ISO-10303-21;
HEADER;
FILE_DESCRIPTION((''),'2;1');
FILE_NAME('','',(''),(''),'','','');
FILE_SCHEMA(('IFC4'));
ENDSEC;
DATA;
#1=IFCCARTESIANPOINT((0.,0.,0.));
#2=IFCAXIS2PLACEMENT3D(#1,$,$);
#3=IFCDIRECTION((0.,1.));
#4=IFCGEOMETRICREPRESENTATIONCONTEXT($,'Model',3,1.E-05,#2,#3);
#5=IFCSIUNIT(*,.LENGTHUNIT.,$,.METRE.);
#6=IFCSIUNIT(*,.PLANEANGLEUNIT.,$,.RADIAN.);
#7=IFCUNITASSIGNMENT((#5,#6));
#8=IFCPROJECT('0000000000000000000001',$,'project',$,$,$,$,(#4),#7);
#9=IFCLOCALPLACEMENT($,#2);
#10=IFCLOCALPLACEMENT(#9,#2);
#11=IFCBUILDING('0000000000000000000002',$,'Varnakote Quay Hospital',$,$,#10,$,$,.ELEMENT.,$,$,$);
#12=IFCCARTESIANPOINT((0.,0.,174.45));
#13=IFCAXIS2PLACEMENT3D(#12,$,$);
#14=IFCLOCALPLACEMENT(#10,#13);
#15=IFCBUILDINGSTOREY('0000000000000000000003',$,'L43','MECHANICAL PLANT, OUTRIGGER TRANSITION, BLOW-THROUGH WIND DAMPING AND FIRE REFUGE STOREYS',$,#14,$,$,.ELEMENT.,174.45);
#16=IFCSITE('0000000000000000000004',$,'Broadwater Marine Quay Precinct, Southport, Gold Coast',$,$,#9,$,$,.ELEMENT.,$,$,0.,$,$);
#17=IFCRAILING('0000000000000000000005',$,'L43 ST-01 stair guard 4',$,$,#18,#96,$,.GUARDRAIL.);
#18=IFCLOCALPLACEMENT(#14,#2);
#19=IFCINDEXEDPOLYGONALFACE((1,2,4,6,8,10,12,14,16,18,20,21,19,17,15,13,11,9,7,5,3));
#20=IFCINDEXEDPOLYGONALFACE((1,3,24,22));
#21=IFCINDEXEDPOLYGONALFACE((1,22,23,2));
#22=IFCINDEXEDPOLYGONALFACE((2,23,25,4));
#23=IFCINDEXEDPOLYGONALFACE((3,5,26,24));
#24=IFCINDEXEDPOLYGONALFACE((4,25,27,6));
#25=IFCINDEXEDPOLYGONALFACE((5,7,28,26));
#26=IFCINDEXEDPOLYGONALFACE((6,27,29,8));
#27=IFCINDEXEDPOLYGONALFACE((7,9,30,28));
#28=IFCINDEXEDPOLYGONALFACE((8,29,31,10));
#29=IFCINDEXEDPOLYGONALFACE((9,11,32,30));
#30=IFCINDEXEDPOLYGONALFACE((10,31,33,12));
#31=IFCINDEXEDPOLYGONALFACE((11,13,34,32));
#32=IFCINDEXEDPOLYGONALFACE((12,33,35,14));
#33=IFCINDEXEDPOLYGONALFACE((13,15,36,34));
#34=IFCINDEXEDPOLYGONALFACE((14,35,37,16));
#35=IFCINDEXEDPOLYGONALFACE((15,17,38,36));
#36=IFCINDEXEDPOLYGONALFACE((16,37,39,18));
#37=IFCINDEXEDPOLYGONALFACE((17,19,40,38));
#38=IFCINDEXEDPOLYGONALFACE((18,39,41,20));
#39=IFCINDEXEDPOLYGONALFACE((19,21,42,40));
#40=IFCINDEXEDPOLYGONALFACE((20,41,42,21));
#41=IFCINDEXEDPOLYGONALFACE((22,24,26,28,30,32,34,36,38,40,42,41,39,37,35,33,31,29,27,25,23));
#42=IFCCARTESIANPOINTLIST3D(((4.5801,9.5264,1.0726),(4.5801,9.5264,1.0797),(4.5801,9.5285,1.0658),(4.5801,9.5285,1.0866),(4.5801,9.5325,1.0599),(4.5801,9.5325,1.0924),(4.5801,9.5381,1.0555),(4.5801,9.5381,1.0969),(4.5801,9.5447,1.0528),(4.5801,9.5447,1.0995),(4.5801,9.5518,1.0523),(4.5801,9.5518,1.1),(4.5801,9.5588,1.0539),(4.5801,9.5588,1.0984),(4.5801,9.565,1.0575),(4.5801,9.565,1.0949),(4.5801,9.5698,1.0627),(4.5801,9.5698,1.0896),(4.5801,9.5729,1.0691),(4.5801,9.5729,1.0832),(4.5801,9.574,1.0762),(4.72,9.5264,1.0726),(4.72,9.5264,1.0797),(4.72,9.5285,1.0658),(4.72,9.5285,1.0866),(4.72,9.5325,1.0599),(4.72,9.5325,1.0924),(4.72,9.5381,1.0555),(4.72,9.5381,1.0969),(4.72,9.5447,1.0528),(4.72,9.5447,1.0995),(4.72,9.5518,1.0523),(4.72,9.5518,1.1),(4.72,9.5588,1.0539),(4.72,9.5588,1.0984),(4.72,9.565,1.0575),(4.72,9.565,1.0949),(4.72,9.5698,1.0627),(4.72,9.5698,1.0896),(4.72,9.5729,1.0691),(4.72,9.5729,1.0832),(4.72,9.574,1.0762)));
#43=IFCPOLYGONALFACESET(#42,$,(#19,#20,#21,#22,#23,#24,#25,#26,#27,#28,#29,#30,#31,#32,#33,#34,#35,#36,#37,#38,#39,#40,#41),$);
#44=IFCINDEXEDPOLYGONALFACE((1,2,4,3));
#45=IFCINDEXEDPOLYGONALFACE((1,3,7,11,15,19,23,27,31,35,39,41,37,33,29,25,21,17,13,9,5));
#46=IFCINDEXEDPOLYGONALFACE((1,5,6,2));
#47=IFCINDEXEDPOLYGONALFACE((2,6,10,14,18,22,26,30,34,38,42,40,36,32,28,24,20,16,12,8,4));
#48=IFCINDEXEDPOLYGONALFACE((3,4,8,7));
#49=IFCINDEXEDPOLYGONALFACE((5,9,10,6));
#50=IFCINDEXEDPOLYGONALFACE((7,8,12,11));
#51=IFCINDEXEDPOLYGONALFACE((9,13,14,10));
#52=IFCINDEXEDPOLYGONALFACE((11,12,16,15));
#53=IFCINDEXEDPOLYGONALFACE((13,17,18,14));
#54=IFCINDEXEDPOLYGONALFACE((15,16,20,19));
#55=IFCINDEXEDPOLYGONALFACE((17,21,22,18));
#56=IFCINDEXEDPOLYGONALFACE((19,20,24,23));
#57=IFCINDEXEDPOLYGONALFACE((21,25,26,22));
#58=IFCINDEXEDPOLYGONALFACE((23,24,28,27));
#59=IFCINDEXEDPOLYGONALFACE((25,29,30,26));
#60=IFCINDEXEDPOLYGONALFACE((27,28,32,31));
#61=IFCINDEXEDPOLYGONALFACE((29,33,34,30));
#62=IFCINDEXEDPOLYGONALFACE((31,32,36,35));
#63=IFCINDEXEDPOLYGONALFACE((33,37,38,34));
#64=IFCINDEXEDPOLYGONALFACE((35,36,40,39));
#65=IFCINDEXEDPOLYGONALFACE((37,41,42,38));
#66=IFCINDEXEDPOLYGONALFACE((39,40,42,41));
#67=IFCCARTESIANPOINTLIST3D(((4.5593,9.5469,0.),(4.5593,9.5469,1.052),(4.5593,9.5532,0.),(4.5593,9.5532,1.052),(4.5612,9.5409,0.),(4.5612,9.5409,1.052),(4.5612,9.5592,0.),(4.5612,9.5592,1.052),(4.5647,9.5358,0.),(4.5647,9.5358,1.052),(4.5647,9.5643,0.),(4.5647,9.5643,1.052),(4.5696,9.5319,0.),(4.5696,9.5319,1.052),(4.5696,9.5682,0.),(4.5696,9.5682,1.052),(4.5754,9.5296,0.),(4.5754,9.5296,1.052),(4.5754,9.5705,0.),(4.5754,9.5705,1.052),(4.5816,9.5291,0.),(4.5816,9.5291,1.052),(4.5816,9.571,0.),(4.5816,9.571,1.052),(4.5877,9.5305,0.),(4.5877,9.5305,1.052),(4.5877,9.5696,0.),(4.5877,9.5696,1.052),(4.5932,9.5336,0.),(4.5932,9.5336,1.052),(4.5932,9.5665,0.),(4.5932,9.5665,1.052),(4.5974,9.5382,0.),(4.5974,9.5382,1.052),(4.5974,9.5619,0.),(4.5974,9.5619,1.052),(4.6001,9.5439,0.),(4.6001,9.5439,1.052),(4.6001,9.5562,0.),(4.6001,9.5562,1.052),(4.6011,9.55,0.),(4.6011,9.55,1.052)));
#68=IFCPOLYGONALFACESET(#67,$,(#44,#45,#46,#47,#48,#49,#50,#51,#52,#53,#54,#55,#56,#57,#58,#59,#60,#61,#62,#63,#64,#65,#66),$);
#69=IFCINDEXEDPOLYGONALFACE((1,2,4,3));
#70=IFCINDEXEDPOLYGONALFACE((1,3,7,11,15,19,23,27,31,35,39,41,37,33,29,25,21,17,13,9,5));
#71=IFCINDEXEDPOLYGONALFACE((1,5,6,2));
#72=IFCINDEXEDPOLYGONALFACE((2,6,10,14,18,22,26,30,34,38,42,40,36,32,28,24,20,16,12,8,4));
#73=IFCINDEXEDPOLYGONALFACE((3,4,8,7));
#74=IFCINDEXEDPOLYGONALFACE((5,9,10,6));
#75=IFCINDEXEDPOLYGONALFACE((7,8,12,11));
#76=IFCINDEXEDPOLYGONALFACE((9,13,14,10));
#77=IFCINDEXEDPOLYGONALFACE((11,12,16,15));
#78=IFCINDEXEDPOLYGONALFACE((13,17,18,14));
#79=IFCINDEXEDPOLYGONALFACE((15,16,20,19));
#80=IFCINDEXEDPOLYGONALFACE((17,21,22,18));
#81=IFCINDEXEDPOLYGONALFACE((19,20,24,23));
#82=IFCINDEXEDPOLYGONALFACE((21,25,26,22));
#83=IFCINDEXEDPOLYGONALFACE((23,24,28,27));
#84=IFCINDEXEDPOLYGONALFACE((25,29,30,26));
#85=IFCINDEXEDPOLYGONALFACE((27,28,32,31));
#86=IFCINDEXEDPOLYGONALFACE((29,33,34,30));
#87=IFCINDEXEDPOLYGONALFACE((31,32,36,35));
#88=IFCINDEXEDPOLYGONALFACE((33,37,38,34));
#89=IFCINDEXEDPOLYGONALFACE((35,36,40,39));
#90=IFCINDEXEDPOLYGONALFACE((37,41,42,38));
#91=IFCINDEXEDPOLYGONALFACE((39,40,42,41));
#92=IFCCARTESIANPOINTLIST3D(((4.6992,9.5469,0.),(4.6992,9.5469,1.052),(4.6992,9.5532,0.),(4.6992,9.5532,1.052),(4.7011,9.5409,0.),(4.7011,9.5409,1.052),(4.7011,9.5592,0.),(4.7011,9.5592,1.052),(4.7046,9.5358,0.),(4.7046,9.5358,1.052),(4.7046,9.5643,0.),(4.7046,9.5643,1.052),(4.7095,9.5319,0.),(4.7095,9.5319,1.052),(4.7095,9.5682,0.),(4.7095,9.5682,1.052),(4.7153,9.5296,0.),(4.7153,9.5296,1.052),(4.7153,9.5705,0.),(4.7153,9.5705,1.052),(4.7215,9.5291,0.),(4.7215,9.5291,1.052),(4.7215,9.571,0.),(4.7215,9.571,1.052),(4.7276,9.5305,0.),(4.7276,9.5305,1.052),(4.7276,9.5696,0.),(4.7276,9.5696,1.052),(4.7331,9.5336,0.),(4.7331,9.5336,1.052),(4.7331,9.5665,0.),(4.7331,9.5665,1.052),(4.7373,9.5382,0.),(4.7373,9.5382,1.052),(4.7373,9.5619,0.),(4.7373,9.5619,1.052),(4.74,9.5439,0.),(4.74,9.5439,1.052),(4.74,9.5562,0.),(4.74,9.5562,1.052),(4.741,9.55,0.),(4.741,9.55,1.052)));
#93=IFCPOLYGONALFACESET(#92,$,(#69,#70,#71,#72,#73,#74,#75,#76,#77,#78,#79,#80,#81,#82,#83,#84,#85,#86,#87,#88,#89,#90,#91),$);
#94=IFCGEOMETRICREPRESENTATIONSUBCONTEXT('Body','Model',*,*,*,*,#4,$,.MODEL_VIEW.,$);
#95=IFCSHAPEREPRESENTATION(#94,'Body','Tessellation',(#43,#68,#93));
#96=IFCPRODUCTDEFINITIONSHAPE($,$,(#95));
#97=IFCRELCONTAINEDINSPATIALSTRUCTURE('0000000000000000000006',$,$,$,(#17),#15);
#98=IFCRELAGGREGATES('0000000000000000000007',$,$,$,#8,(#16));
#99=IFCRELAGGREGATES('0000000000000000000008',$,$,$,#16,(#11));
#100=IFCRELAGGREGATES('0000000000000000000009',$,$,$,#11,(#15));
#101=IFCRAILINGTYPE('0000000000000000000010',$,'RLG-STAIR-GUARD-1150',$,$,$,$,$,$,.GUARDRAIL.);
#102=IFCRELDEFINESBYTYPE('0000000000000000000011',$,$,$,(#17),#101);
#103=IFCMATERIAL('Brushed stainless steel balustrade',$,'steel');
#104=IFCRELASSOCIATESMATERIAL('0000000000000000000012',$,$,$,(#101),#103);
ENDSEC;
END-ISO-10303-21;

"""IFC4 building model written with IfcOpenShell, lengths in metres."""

from ifc_helpers import new_model, si_unit, direction, frame, origin, origin_2d, place, context, subcontext, project, spatial, circle, extrude, material, type_object, element, save


model = new_model("IFC4")

# Units and contexts
model_context = context("Model", 3, precision=1e-05, world=origin(), true_north=direction((0.0, 1.0)))
body_context = subcontext(model_context, "Body", "Model", "MODEL_VIEW")
ifc_project = project(units=[si_unit("LENGTHUNIT", "METRE"), si_unit("PLANEANGLEUNIT", "RADIAN")], contexts=[model_context])

# Site, building, storey
site_placement = place(None, origin())
site = spatial("IfcSite", under=ifc_project, at=site_placement, Name="Broadwater Marine Quay Precinct, Southport, Gold Coast", CompositionType="ELEMENT", RefElevation=0.0)
building_placement = place(site_placement, origin())
building = spatial("IfcBuilding", under=site, at=building_placement, Name="Varnakote Quay Hospital", CompositionType="ELEMENT")
storey_placement = place(building_placement, frame((0.0, 0.0, 174.45)))
storey = spatial("IfcBuildingStorey", under=building, at=storey_placement, Name="L43", Description="MECHANICAL PLANT, OUTRIGGER TRANSITION, BLOW-THROUGH WIND DAMPING AND FIRE REFUGE STOREYS", CompositionType="ELEMENT", Elevation=174.45)

# Railing
ifc_material_1 = material(Name="Brushed stainless steel balustrade", Category="steel")
railing_type = type_object("IfcRailingType", Name="RLG-STAIR-GUARD-1150", PredefinedType="GUARDRAIL", material=ifc_material_1)
railing_placement = place(storey_placement, frame((4.5801, 9.55, 0.0)))
element("IfcRailing", 1, at=railing_placement, inside=storey, type_object=railing_type, Name="L43 ST-01 stair guard 4", PredefinedType="GUARDRAIL", context=body_context, shape_type="SweptSolid", body=[
    extrude(circle(Radius=0.0239, at=origin_2d()), frame((0.0, 0.0, 1.0762), z_axis=(1.0, 0.0, 0.0), x_axis=(0.0, 1.0, 0.0)), (0.0, 0.0, 1.0), 0.1399),
    extrude(circle(Radius=0.021, at=origin_2d()), origin(), (0.0, 0.0, 1.0), 1.052),
    extrude(circle(Radius=0.021, at=origin_2d()), frame((0.1399, 0.0, 0.0)), (0.0, 0.0, 1.0), 1.052),
])

save(model, "model.ifc")
